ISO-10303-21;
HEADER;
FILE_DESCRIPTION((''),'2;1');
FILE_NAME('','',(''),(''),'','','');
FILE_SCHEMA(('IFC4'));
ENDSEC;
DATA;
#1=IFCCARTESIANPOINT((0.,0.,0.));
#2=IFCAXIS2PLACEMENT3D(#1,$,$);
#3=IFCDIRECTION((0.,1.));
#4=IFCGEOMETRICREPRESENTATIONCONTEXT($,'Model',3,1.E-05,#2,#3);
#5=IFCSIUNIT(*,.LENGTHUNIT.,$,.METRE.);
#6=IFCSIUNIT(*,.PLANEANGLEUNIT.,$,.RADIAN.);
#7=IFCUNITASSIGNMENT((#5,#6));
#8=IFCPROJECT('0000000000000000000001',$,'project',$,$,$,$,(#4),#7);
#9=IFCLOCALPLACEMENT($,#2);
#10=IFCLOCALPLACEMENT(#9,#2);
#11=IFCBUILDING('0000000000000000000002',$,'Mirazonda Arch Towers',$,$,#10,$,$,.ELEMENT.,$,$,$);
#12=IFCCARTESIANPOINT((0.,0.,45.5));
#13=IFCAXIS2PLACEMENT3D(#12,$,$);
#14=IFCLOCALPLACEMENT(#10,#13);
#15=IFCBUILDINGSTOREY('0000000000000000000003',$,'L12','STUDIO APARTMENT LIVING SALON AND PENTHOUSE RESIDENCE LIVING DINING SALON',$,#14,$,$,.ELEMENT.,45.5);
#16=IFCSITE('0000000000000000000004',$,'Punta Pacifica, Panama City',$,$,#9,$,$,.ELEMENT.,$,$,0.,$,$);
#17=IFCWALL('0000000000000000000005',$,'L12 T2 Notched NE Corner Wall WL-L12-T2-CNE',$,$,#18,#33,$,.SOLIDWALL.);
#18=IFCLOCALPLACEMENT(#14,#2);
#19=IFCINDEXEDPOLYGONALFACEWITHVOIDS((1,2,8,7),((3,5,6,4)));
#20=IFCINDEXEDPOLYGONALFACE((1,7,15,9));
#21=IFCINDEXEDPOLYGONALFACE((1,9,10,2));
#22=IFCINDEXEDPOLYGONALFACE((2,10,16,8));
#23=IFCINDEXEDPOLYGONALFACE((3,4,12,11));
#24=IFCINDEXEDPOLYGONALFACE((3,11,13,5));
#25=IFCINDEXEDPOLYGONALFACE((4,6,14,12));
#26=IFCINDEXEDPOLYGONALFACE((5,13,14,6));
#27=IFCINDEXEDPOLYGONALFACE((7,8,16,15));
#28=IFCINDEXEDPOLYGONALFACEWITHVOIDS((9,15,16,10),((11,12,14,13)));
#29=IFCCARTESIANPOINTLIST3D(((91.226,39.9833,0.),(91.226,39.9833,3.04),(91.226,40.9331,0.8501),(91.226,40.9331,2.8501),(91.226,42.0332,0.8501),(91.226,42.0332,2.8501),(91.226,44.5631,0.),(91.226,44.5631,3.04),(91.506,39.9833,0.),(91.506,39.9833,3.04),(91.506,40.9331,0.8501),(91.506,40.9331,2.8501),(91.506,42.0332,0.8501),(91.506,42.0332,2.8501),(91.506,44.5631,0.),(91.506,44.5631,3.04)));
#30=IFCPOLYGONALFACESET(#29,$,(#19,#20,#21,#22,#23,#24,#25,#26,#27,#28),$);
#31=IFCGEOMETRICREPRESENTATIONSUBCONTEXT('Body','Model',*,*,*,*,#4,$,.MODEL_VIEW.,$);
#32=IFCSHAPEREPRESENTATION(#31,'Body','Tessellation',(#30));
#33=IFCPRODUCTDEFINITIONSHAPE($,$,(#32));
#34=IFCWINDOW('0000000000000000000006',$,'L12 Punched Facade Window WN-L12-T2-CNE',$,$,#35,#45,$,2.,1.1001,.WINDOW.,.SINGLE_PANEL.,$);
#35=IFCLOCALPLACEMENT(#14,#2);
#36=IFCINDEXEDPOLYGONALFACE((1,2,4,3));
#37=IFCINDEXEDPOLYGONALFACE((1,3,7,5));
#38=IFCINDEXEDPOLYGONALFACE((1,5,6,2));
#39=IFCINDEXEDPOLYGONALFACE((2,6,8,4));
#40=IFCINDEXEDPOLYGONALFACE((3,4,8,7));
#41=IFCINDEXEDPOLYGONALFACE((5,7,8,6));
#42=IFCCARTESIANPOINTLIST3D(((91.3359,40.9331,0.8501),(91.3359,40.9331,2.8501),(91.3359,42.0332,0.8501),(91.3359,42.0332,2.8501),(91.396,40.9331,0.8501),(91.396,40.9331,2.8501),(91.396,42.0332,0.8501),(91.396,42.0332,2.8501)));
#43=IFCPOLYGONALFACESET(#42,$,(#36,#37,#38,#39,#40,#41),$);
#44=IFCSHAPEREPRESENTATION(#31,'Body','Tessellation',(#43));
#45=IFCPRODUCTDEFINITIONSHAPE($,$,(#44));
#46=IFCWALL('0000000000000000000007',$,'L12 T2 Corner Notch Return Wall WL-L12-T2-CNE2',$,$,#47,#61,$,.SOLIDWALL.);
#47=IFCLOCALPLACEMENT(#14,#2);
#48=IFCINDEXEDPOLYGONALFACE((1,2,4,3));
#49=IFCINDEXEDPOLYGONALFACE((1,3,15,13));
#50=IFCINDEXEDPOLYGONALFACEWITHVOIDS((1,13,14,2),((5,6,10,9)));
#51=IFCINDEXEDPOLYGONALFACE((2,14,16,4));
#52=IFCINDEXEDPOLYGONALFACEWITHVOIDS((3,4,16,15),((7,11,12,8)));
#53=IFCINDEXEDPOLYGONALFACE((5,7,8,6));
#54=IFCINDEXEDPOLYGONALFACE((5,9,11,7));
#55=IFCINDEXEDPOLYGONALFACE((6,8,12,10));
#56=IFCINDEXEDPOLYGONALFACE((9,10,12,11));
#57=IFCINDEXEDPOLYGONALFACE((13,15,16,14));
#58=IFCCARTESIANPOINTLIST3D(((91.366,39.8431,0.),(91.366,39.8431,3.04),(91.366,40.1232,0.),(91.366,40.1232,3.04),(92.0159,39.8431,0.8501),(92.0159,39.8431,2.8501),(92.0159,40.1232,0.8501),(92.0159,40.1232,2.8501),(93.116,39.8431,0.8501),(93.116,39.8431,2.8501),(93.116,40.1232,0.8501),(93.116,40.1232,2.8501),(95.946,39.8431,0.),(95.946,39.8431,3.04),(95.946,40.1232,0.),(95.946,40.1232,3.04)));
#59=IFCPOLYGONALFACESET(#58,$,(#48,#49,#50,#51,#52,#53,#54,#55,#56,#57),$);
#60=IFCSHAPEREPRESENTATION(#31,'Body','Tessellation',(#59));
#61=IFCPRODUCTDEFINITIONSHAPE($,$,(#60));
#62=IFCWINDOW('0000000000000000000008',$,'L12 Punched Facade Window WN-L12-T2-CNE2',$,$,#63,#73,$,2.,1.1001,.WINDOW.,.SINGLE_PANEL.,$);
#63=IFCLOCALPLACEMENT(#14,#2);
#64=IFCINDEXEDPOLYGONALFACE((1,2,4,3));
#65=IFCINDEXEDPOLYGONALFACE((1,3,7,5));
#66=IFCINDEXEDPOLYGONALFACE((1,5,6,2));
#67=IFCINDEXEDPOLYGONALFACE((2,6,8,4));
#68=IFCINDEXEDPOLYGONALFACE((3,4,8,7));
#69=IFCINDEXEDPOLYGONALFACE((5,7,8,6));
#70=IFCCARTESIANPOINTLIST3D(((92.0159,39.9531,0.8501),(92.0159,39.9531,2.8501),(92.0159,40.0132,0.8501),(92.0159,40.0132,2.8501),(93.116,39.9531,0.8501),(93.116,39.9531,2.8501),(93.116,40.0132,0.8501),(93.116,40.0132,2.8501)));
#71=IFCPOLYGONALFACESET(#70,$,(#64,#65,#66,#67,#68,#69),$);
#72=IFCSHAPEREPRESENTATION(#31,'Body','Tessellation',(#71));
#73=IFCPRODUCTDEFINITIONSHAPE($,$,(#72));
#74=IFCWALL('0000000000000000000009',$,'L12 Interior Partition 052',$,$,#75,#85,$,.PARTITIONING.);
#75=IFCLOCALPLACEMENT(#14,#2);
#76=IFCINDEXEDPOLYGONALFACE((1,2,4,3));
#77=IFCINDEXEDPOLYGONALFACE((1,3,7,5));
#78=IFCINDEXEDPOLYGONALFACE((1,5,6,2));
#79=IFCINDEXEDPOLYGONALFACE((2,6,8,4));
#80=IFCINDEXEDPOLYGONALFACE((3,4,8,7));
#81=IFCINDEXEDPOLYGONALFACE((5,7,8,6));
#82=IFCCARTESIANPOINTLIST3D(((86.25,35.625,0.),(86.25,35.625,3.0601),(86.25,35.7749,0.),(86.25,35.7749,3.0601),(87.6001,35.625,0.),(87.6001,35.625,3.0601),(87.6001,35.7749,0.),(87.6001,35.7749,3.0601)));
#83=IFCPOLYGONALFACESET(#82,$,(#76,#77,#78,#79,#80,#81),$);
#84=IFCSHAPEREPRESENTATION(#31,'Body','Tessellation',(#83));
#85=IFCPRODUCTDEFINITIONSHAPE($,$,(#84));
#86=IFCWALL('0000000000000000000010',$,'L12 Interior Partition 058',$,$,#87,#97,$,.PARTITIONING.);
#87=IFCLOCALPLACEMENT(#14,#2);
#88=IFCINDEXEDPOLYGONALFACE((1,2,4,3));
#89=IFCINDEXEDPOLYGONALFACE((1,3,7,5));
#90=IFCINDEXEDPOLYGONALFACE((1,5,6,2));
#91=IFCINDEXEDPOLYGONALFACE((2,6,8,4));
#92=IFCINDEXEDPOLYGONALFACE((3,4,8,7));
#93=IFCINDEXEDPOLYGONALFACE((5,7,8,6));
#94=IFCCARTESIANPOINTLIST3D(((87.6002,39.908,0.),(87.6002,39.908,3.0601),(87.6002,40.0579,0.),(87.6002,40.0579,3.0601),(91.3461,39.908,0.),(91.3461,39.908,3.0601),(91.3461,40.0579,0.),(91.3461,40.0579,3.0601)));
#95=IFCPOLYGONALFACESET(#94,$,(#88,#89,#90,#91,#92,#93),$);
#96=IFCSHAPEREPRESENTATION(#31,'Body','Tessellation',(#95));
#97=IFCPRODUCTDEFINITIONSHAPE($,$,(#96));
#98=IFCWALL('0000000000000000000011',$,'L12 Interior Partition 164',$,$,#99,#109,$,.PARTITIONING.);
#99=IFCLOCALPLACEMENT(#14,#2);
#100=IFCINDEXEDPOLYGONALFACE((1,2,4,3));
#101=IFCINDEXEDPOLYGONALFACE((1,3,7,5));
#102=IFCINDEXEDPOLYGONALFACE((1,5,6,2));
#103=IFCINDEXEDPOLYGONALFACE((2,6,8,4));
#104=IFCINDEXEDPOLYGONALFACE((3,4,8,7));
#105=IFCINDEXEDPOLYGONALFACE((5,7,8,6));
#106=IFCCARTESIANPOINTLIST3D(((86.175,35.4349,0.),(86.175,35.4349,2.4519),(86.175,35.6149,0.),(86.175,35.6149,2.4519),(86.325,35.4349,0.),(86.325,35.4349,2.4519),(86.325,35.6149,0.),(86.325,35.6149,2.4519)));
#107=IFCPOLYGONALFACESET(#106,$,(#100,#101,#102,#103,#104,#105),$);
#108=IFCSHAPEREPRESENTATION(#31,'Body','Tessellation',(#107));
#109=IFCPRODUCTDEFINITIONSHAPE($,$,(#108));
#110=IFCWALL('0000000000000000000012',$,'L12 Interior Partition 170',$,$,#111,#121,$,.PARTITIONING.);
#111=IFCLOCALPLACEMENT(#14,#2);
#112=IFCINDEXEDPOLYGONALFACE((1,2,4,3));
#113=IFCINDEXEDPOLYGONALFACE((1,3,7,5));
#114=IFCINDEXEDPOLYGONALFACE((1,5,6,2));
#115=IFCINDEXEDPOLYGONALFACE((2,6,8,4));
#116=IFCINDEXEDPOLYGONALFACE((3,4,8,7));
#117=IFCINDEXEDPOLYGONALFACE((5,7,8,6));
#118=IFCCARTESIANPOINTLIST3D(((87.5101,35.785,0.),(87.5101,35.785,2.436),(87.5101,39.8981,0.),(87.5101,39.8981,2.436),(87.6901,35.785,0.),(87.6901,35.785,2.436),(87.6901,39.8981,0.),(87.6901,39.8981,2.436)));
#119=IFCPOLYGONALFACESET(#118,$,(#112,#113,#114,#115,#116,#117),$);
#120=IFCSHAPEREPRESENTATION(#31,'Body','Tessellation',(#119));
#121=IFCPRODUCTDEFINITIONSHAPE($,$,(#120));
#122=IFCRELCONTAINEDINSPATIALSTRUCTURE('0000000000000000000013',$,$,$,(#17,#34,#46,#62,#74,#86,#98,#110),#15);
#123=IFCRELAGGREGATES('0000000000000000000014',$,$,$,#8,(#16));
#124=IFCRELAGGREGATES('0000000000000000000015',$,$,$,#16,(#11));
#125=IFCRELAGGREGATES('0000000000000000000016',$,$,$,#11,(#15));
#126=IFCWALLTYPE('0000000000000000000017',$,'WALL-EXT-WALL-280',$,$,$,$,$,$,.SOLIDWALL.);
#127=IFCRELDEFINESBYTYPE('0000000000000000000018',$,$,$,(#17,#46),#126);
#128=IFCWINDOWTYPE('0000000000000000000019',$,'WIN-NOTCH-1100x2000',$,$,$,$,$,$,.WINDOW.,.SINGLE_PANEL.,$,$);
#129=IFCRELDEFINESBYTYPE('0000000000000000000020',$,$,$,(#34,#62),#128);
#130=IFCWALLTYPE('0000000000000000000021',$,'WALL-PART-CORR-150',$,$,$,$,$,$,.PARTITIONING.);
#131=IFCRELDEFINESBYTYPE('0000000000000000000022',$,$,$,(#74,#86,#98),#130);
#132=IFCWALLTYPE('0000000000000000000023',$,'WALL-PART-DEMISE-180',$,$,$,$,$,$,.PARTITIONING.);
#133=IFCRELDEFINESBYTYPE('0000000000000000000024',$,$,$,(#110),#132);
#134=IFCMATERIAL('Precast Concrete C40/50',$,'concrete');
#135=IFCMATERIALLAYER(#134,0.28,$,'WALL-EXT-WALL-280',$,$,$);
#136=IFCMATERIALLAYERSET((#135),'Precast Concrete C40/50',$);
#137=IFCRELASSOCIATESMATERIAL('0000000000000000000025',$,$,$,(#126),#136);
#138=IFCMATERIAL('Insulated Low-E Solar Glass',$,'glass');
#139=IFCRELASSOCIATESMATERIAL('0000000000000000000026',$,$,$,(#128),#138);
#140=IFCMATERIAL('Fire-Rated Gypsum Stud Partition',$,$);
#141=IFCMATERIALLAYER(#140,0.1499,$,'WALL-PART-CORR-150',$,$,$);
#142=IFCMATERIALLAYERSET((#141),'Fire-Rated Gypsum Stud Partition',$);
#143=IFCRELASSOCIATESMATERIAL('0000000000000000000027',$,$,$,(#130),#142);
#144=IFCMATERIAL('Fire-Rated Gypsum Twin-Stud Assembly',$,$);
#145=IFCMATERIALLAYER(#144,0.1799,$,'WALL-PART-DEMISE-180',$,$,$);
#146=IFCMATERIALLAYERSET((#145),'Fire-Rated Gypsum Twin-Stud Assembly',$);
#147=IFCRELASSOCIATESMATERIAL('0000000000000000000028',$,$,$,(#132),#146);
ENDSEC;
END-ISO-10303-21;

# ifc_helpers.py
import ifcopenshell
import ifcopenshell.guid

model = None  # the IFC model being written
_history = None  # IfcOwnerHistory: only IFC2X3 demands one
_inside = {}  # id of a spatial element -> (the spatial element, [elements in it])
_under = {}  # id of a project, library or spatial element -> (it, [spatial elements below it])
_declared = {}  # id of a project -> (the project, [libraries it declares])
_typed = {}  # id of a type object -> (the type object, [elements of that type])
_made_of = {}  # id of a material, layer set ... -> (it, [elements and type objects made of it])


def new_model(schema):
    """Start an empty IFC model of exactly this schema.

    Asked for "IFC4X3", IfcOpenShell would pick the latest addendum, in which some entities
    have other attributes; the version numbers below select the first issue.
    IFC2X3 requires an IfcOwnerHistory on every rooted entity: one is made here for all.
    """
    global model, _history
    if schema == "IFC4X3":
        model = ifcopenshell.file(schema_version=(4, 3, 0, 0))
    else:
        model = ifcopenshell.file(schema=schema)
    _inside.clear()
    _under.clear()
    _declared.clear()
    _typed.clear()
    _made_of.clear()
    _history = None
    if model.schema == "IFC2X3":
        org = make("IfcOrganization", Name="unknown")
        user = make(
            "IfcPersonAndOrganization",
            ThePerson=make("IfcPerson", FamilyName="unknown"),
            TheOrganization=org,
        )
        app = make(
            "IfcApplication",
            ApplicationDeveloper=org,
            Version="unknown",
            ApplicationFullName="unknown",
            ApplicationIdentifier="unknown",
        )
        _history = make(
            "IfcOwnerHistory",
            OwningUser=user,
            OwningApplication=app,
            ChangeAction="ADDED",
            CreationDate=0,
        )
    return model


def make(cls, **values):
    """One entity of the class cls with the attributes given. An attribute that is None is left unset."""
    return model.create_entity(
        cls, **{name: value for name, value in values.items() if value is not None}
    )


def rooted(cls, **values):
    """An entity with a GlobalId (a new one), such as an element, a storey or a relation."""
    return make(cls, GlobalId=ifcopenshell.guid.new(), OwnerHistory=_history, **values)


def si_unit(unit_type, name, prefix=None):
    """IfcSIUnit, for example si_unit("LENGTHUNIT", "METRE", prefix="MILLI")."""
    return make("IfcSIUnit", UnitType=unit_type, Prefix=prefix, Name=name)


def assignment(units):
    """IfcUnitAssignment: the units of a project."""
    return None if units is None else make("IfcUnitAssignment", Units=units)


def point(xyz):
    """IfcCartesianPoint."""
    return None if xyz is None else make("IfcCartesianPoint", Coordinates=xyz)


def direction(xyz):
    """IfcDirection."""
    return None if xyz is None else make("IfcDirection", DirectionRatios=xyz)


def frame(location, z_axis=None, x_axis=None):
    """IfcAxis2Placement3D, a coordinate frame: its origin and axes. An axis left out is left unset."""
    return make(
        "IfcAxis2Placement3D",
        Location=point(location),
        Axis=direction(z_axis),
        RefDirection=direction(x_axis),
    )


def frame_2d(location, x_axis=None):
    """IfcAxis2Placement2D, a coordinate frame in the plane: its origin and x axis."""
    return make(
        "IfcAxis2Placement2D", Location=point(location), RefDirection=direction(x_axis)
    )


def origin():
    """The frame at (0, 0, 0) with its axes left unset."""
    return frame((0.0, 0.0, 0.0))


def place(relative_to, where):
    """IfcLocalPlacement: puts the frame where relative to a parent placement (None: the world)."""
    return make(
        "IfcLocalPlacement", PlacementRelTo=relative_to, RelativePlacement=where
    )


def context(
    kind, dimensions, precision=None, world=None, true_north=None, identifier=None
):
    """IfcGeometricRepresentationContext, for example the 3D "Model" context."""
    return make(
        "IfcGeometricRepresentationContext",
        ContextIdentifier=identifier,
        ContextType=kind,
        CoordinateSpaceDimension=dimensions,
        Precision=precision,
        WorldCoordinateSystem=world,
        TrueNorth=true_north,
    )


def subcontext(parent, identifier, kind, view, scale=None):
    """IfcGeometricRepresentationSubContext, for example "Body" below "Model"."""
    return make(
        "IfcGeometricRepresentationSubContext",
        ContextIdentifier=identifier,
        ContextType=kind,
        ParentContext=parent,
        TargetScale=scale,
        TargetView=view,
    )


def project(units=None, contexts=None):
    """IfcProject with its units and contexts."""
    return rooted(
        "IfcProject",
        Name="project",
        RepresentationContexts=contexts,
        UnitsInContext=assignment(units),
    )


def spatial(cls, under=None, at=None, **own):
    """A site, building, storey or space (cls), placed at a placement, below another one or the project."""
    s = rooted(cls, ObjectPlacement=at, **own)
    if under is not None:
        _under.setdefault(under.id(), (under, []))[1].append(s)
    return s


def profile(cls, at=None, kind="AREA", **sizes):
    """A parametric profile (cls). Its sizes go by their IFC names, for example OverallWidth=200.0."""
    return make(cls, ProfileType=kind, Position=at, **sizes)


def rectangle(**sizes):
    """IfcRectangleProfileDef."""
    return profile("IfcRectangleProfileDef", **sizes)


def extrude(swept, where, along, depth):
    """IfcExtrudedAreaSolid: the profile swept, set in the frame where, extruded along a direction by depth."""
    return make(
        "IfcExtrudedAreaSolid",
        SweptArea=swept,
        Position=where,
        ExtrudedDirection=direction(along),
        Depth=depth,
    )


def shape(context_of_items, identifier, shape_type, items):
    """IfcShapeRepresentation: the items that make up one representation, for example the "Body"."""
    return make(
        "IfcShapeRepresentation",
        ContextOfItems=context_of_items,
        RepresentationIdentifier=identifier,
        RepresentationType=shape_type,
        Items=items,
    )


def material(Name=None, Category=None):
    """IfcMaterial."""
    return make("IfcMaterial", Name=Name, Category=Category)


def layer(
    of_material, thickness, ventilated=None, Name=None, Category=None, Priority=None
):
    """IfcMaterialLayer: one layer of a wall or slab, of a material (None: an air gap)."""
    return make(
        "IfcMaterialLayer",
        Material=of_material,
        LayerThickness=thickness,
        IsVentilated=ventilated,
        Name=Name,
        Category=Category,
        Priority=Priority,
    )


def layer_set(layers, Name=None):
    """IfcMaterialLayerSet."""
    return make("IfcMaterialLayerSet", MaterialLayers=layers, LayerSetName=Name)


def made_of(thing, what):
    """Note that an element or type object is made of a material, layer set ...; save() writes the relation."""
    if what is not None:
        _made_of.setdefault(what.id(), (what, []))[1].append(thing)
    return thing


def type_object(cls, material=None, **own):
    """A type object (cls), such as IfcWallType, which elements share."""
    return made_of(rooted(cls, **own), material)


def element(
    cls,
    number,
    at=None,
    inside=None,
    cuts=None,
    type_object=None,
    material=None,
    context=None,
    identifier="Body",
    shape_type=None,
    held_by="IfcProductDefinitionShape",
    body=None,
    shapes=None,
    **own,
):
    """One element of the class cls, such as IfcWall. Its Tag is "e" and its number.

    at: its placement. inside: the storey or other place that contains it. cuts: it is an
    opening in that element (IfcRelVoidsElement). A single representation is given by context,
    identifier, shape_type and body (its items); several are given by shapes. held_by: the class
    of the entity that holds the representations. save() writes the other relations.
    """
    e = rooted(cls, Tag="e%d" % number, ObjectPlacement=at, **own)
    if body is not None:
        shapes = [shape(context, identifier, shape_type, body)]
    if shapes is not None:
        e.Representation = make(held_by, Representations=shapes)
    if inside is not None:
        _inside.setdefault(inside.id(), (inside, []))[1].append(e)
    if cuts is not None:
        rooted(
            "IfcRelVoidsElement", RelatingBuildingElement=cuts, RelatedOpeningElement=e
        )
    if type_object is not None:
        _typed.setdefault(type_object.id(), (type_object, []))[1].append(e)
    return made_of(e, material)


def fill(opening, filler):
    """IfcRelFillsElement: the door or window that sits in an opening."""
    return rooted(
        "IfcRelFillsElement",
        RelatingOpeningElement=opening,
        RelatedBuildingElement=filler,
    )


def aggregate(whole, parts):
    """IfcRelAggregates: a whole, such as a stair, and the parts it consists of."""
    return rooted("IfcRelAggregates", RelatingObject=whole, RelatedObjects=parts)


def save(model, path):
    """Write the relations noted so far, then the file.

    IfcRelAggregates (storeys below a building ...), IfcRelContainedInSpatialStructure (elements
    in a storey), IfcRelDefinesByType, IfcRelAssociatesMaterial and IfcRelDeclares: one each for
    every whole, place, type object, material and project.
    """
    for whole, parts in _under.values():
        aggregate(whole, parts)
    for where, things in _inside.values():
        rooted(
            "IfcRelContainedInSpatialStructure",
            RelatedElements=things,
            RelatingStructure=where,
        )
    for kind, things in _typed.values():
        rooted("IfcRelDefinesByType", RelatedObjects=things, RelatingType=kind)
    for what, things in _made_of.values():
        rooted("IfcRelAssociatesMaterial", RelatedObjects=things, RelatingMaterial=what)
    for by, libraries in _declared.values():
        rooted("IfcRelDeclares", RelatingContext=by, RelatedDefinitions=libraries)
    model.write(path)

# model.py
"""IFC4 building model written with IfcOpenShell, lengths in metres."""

from ifc_helpers import new_model, si_unit, direction, frame, frame_2d, origin, place, context, subcontext, project, spatial, rectangle, extrude, material, layer, layer_set, type_object, element, fill, save


model = new_model("IFC4")

# Units and contexts
model_context = context("Model", 3, precision=1e-05, world=origin(), true_north=direction((0.0, 1.0)))
body_context = subcontext(model_context, "Body", "Model", "MODEL_VIEW")
ifc_project = project(units=[si_unit("LENGTHUNIT", "METRE"), si_unit("PLANEANGLEUNIT", "RADIAN")], contexts=[model_context])

# Site, building, storey
site_placement = place(None, origin())
site = spatial("IfcSite", under=ifc_project, at=site_placement, Name="Punta Pacifica, Panama City", CompositionType="ELEMENT", RefElevation=0.0)
building_placement = place(site_placement, origin())
building = spatial("IfcBuilding", under=site, at=building_placement, Name="Mirazonda Arch Towers", CompositionType="ELEMENT")
storey_placement = place(building_placement, frame((0.0, 0.0, 45.5)))
storey = spatial("IfcBuildingStorey", under=building, at=storey_placement, Name="L12", Description="STUDIO APARTMENT LIVING SALON AND PENTHOUSE RESIDENCE LIVING DINING SALON", CompositionType="ELEMENT", Elevation=45.5)

# Shared definitions
ifc_material_1 = material(Name="Insulated Low-E Solar Glass", Category="glass")

# Walls, openings, windows
ifc_material_2 = material(Name="Precast Concrete C40/50", Category="concrete")
ifc_layer_1 = layer(ifc_material_2, 0.28, Name="WALL-EXT-WALL-280")
ifc_layer_set_1 = layer_set([ifc_layer_1], Name="Precast Concrete C40/50")
wall_type_1 = type_object("IfcWallType", Name="WALL-EXT-WALL-280", PredefinedType="SOLIDWALL", material=ifc_layer_set_1)
wall_1_placement = place(storey_placement, frame((91.366, 39.9832, 0.0), z_axis=(0.0, 0.0, 1.0), x_axis=(0.0, 1.0, 0.0)))
wall_1 = element("IfcWall", 1, at=wall_1_placement, inside=storey, type_object=wall_type_1, Name="L12 T2 Notched NE Corner Wall WL-L12-T2-CNE", PredefinedType="SOLIDWALL", context=body_context, shape_type="SweptSolid", body=[
    extrude(rectangle(XDim=4.5798, YDim=0.28, at=frame_2d((2.29, 0.0))), origin(), (0.0, 0.0, 1.0), 3.04),
])
opening_1_placement = place(wall_1_placement, frame((0.95, 0.0, 0.8501)))
opening_1 = element("IfcOpeningElement", 2, at=opening_1_placement, cuts=wall_1, PredefinedType="OPENING", context=body_context, shape_type="SweptSolid", body=[
    extrude(rectangle(XDim=1.1001, YDim=2.0, at=frame_2d((0.55, 1.0))), frame((0.0, 0.1499, 0.0), z_axis=(0.0, -1.0, 0.0), x_axis=(1.0, 0.0, 0.0)), (0.0, 0.0, 1.0), 0.3),
])
window_type = type_object("IfcWindowType", Name="WIN-NOTCH-1100x2000", PartitioningType="SINGLE_PANEL", PredefinedType="WINDOW", material=ifc_material_1)
window_1_placement = place(opening_1_placement, origin())
window_1 = element("IfcWindow", 3, at=window_1_placement, inside=storey, type_object=window_type, Name="L12 Punched Facade Window WN-L12-T2-CNE", OverallHeight=2.0, OverallWidth=1.1001, PartitioningType="SINGLE_PANEL", PredefinedType="WINDOW", context=body_context, shape_type="SweptSolid", body=[
    extrude(rectangle(XDim=1.1001, YDim=2.0, at=frame_2d((0.55, 1.0))), frame((0.0, 0.03, 0.0), z_axis=(0.0, -1.0, 0.0), x_axis=(1.0, 0.0, 0.0)), (0.0, 0.0, 1.0), 0.0601),
])
fill(opening_1, window_1)
wall_2_placement = place(storey_placement, frame((95.946, 39.9832, 0.0), z_axis=(0.0, 0.0, 1.0), x_axis=(-1.0, 0.0, 0.0)))
wall_2 = element("IfcWall", 4, at=wall_2_placement, inside=storey, type_object=wall_type_1, Name="L12 T2 Corner Notch Return Wall WL-L12-T2-CNE2", PredefinedType="SOLIDWALL", context=body_context, shape_type="SweptSolid", body=[
    extrude(rectangle(XDim=4.5801, YDim=0.28, at=frame_2d((2.29, 0.0))), origin(), (0.0, 0.0, 1.0), 3.04),
])
opening_2_placement = place(wall_2_placement, frame((2.8301, 0.0, 0.8501)))
opening_2 = element("IfcOpeningElement", 5, at=opening_2_placement, cuts=wall_2, PredefinedType="OPENING", context=body_context, shape_type="SweptSolid", body=[
    extrude(rectangle(XDim=1.1001, YDim=2.0, at=frame_2d((0.55, 1.0))), frame((0.0, 0.1499, 0.0), z_axis=(0.0, -1.0, 0.0), x_axis=(1.0, 0.0, 0.0)), (0.0, 0.0, 1.0), 0.3),
])
window_2_placement = place(opening_2_placement, origin())
window_2 = element("IfcWindow", 6, at=window_2_placement, inside=storey, type_object=window_type, Name="L12 Punched Facade Window WN-L12-T2-CNE2", OverallHeight=2.0, OverallWidth=1.1001, PartitioningType="SINGLE_PANEL", PredefinedType="WINDOW", context=body_context, shape_type="SweptSolid", body=[
    extrude(rectangle(XDim=1.1001, YDim=2.0, at=frame_2d((0.55, 1.0))), frame((0.0, 0.03, 0.0), z_axis=(0.0, -1.0, 0.0), x_axis=(1.0, 0.0, 0.0)), (0.0, 0.0, 1.0), 0.0601),
])
fill(opening_2, window_2)

# Walls
ifc_material_3 = material(Name="Fire-Rated Gypsum Stud Partition")
ifc_layer_2 = layer(ifc_material_3, 0.1499, Name="WALL-PART-CORR-150")
ifc_layer_set_2 = layer_set([ifc_layer_2], Name="Fire-Rated Gypsum Stud Partition")
wall_type_2 = type_object("IfcWallType", Name="WALL-PART-CORR-150", PredefinedType="PARTITIONING", material=ifc_layer_set_2)
wall_3_placement = place(storey_placement, frame((86.25, 35.7, 0.0), z_axis=(0.0, 0.0, 1.0), x_axis=(1.0, 0.0, 0.0)))
element("IfcWall", 7, at=wall_3_placement, inside=storey, type_object=wall_type_2, Name="L12 Interior Partition 052", PredefinedType="PARTITIONING", context=body_context, shape_type="SweptSolid", body=[
    extrude(rectangle(XDim=1.3501, YDim=0.1499, at=frame_2d((0.675, 0.0))), origin(), (0.0, 0.0, 1.0), 3.0601),
])
wall_4_placement = place(storey_placement, frame((87.6001, 39.9829, 0.0), z_axis=(0.0, 0.0, 1.0), x_axis=(1.0, 0.0, 0.0)))
element("IfcWall", 8, at=wall_4_placement, inside=storey, type_object=wall_type_2, Name="L12 Interior Partition 058", PredefinedType="PARTITIONING", context=body_context, shape_type="SweptSolid", body=[
    extrude(rectangle(XDim=3.7458, YDim=0.1499, at=frame_2d((1.873, 0.0))), origin(), (0.0, 0.0, 1.0), 3.0601),
])
wall_5_placement = place(storey_placement, frame((86.25, 35.4351, 0.0), z_axis=(0.0, 0.0, 1.0), x_axis=(0.0, 1.0, 0.0)))
element("IfcWall", 9, at=wall_5_placement, inside=storey, type_object=wall_type_2, Name="L12 Interior Partition 164", PredefinedType="PARTITIONING", context=body_context, shape_type="SweptSolid", body=[
    extrude(rectangle(XDim=0.1799, YDim=0.1499, at=frame_2d((0.0898, 0.0))), origin(), (0.0, 0.0, 1.0), 2.4519),
])
ifc_material_4 = material(Name="Fire-Rated Gypsum Twin-Stud Assembly")
ifc_layer_3 = layer(ifc_material_4, 0.1799, Name="WALL-PART-DEMISE-180")
ifc_layer_set_3 = layer_set([ifc_layer_3], Name="Fire-Rated Gypsum Twin-Stud Assembly")
wall_type_3 = type_object("IfcWallType", Name="WALL-PART-DEMISE-180", PredefinedType="PARTITIONING", material=ifc_layer_set_3)
wall_6_placement = place(storey_placement, frame((87.6001, 35.7849, 0.0), z_axis=(0.0, 0.0, 1.0), x_axis=(0.0, 1.0, 0.0)))
element("IfcWall", 10, at=wall_6_placement, inside=storey, type_object=wall_type_3, Name="L12 Interior Partition 170", PredefinedType="PARTITIONING", context=body_context, shape_type="SweptSolid", body=[
    extrude(rectangle(XDim=4.113, YDim=0.1799, at=frame_2d((2.0566, 0.0))), origin(), (0.0, 0.0, 1.0), 2.436),
])

save(model, "model.ifc")
